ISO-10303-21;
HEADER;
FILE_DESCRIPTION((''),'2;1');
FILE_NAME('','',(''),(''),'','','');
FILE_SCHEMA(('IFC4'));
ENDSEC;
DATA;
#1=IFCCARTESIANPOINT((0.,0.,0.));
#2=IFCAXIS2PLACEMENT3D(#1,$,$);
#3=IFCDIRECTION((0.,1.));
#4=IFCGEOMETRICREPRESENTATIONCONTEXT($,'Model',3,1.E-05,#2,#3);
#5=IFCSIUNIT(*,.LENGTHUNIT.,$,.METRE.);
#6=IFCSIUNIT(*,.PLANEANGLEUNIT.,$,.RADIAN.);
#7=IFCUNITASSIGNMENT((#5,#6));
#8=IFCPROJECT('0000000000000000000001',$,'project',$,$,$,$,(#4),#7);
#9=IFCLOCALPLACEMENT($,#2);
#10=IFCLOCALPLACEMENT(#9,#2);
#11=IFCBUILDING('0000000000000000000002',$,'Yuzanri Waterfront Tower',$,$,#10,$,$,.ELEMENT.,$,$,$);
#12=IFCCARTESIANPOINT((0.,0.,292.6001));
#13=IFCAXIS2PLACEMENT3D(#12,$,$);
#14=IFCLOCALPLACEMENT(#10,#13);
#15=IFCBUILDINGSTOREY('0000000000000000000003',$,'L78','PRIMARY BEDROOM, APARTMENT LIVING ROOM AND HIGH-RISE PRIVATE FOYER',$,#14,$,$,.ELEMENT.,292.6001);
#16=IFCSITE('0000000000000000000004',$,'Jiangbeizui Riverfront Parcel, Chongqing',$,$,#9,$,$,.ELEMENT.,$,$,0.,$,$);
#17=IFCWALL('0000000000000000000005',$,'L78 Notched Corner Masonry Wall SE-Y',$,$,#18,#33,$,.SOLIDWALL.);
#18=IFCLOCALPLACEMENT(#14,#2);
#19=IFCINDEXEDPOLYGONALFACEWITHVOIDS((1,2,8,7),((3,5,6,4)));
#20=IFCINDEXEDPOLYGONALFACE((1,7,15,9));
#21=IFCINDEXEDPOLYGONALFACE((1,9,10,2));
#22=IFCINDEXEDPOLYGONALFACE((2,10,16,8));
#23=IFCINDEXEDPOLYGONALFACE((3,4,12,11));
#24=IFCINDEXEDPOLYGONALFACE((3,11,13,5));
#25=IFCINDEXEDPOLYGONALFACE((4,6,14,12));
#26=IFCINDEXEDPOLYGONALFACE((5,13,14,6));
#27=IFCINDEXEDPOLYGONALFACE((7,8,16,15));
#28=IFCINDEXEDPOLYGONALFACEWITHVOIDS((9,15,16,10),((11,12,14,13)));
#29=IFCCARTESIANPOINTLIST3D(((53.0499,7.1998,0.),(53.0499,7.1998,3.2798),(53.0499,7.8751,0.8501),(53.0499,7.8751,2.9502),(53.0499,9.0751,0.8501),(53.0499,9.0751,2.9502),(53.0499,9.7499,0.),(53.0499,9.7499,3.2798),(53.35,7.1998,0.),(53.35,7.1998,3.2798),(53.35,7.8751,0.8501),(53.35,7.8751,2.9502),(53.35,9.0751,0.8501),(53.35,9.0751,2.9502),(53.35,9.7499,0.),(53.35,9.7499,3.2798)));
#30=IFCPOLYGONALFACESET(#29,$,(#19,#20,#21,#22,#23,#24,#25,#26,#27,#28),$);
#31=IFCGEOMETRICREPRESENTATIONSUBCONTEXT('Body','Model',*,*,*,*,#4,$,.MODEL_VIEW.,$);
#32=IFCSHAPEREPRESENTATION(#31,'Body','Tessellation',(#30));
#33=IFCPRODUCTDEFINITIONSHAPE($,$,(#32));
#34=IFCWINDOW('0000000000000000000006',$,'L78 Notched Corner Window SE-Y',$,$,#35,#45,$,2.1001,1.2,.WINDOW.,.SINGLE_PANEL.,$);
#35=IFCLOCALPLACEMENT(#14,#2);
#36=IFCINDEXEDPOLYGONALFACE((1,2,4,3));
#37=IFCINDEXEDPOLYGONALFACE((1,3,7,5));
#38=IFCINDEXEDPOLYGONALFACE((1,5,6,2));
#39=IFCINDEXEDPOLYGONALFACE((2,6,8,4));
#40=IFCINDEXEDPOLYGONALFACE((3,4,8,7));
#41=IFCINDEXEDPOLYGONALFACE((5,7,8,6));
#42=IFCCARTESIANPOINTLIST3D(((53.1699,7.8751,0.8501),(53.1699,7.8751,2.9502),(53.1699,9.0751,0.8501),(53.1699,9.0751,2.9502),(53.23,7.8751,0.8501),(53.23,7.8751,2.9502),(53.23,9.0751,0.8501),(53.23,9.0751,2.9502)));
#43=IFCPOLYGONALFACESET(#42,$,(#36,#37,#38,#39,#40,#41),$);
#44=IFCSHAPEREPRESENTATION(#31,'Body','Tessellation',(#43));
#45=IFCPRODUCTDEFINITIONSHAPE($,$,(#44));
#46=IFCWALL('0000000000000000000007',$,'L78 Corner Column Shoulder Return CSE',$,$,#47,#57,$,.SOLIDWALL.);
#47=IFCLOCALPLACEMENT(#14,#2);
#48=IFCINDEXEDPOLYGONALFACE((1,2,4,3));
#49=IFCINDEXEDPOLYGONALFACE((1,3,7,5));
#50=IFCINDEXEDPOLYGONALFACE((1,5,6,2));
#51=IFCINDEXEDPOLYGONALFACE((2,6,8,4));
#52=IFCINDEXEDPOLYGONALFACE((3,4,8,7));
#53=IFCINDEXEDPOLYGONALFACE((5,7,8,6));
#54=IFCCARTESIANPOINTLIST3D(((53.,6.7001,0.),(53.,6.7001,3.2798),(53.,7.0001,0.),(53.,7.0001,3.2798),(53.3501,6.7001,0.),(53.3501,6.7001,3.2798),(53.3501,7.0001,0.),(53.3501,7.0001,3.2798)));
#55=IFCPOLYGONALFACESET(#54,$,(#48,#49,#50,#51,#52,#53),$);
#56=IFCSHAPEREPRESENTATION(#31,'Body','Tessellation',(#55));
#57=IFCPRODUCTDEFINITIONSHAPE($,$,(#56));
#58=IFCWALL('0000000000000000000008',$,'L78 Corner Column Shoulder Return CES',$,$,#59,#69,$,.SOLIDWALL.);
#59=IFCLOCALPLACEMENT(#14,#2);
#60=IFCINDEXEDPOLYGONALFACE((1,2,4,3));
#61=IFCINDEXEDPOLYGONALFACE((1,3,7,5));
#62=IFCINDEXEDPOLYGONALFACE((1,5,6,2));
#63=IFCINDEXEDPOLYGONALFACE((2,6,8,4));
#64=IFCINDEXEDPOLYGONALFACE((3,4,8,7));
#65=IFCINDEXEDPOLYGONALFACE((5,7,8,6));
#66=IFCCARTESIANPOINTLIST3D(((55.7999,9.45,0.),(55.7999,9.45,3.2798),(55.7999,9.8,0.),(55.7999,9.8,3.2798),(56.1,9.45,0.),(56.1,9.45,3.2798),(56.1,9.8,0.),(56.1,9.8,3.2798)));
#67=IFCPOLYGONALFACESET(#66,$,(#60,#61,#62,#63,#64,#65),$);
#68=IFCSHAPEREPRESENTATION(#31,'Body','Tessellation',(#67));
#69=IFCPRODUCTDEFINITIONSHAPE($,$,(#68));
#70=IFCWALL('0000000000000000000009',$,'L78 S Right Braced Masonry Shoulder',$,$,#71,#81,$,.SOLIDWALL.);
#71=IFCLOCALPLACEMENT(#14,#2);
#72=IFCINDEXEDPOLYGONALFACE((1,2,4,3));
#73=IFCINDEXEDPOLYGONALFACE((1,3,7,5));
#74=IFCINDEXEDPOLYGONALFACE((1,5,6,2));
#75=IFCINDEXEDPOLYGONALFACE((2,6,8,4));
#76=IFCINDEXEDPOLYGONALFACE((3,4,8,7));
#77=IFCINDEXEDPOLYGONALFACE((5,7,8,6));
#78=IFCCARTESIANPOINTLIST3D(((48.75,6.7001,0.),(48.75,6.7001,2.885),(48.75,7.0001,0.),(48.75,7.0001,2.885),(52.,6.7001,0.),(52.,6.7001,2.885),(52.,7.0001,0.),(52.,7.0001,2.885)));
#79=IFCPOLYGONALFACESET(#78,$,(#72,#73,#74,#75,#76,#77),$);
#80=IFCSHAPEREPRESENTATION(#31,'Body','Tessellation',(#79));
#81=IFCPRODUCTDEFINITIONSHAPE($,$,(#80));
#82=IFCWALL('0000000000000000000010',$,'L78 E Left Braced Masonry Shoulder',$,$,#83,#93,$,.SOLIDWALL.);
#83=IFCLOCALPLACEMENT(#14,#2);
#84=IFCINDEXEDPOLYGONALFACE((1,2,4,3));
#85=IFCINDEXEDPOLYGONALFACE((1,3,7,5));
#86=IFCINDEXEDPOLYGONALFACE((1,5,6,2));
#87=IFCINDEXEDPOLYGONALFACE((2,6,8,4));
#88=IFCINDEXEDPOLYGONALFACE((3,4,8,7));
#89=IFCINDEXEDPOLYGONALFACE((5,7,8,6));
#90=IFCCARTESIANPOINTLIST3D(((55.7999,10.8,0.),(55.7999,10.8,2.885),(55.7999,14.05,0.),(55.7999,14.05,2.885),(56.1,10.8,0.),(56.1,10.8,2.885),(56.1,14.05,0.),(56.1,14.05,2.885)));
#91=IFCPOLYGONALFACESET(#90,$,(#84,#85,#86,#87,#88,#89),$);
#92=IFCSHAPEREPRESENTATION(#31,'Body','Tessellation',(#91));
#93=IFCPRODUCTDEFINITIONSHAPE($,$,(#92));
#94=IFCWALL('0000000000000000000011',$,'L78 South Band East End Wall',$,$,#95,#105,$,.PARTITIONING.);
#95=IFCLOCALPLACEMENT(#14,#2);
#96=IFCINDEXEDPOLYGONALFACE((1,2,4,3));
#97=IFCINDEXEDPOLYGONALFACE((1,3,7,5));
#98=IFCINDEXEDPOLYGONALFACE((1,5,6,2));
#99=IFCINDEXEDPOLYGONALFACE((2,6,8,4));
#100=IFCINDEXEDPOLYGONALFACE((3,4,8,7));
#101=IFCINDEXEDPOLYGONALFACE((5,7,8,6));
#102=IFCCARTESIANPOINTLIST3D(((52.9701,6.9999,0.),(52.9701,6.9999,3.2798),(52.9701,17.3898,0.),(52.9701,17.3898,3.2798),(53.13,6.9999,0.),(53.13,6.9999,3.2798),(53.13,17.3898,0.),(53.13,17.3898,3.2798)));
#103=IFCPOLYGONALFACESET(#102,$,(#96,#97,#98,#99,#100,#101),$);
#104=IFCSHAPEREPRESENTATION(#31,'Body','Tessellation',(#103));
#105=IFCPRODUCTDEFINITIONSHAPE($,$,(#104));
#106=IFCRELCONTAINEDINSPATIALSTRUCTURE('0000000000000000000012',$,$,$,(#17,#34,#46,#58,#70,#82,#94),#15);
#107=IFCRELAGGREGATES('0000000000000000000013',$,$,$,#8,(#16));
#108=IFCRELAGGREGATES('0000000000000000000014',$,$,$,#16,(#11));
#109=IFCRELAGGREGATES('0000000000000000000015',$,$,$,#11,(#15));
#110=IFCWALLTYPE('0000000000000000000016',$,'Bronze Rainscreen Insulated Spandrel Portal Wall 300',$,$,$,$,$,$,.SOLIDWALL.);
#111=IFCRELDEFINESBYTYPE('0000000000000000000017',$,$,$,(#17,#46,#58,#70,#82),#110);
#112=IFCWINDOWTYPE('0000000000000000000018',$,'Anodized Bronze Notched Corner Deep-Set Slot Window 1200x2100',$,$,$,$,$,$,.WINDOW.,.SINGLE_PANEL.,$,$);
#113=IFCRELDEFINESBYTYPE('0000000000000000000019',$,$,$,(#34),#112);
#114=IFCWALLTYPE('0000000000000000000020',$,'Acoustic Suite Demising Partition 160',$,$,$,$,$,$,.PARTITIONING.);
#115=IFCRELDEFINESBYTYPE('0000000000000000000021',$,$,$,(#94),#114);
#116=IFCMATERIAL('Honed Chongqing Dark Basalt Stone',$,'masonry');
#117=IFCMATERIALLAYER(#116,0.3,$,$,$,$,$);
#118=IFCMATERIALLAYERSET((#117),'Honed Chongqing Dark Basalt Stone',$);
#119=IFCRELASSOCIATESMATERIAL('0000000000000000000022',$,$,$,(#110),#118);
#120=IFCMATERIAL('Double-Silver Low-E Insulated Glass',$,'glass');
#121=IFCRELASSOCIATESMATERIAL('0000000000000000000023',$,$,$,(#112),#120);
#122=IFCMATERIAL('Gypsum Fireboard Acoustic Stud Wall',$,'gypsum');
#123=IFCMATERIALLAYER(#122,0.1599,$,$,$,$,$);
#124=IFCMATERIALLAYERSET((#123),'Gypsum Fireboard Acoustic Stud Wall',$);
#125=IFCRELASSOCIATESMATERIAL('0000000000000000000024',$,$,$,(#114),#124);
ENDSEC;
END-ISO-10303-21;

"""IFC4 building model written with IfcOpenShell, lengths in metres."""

from ifc_helpers import new_model, si_unit, direction, frame, frame_2d, origin, place, context, subcontext, project, spatial, rectangle, extrude, source, transform, mapped, material, layer, layer_set, type_object, element, fill, save


model = new_model("IFC4")

# Units and contexts
model_context = context("Model", 3, precision=1e-05, world=origin(), true_north=direction((0.0, 1.0)))
body_context = subcontext(model_context, "Body", "Model", "MODEL_VIEW")
ifc_project = project(units=[si_unit("LENGTHUNIT", "METRE"), si_unit("PLANEANGLEUNIT", "RADIAN")], contexts=[model_context])

# Site, building, storey
site_placement = place(None, origin())
site = spatial("IfcSite", under=ifc_project, at=site_placement, Name="Jiangbeizui Riverfront Parcel, Chongqing", CompositionType="ELEMENT", RefElevation=0.0)
building_placement = place(site_placement, origin())
building = spatial("IfcBuilding", under=site, at=building_placement, Name="Yuzanri Waterfront Tower", CompositionType="ELEMENT")
storey_placement = place(building_placement, frame((0.0, 0.0, 292.6001)))
storey = spatial("IfcBuildingStorey", under=building, at=storey_placement, Name="L78", Description="PRIMARY BEDROOM, APARTMENT LIVING ROOM AND HIGH-RISE PRIVATE FOYER", CompositionType="ELEMENT", Elevation=292.6001)

# Wall, opening, window
ifc_material_1 = material(Name="Honed Chongqing Dark Basalt Stone", Category="masonry")
ifc_layer_1 = layer(ifc_material_1, 0.3)
ifc_layer_set_1 = layer_set([ifc_layer_1], Name="Honed Chongqing Dark Basalt Stone")
wall_type_1 = type_object("IfcWallType", Name="Bronze Rainscreen Insulated Spandrel Portal Wall 300", PredefinedType="SOLIDWALL", material=ifc_layer_set_1)
wall_1_placement = place(storey_placement, frame((53.2, 7.2, 0.0), z_axis=(0.0, 0.0, 1.0), x_axis=(0.0, 1.0, 0.0)))
wall_1 = element("IfcWall", 1, at=wall_1_placement, inside=storey, type_object=wall_type_1, Name="L78 Notched Corner Masonry Wall SE-Y", PredefinedType="SOLIDWALL", context=body_context, shape_type="SweptSolid", body=[
    extrude(rectangle(XDim=2.55, YDim=0.3, at=frame_2d((1.2749, 0.0))), origin(), (0.0, 0.0, 1.0), 3.2798),
])
opening_1_placement = place(wall_1_placement, frame((0.675, 0.0, 0.8501)))
opening_1 = element("IfcOpeningElement", 2, at=opening_1_placement, cuts=wall_1, PredefinedType="OPENING", context=body_context, shape_type="SweptSolid", body=[
    extrude(rectangle(XDim=1.2, YDim=2.1001, at=frame_2d((0.6001, 1.05))), frame((0.0, 0.165, 0.0), z_axis=(0.0, -1.0, 0.0), x_axis=(1.0, 0.0, 0.0)), (0.0, 0.0, 1.0), 0.3298),
])
ifc_material_2 = material(Name="Double-Silver Low-E Insulated Glass", Category="glass")
window_type_1 = type_object("IfcWindowType", Name="Anodized Bronze Notched Corner Deep-Set Slot Window 1200x2100", PartitioningType="SINGLE_PANEL", PredefinedType="WINDOW", material=ifc_material_2)
shared_shape_1 = source(origin(), body_context, "Body", "SweptSolid", [
    extrude(rectangle(XDim=1.2, YDim=2.1001, at=frame_2d((0.6001, 1.05))), frame((0.0, 0.03, 0.0), z_axis=(0.0, -1.0, 0.0), x_axis=(1.0, 0.0, 0.0)), (0.0, 0.0, 1.0), 0.0601),
])
window_1_placement = place(opening_1_placement, origin())
window_1 = element("IfcWindow", 3, at=window_1_placement, inside=storey, type_object=window_type_1, Name="L78 Notched Corner Window SE-Y", OverallHeight=2.1001, OverallWidth=1.2, PartitioningType="SINGLE_PANEL", PredefinedType="WINDOW", context=body_context, shape_type="MappedRepresentation", body=[
    mapped(shared_shape_1, transform((0.0, 0.0, 0.0), scale=1.0)),
])
fill(opening_1, window_1)

# Walls
shared_shape_2 = source(origin(), body_context, "Body", "SweptSolid", [
    extrude(rectangle(XDim=0.3501, YDim=0.3, at=frame_2d((0.175, 0.0))), origin(), (0.0, 0.0, 1.0), 3.2798),
])
for number, where, z_axis, x_axis, name in (
    (4, (53.0, 6.8501, 0.0), (0.0, 0.0, 1.0), (1.0, 0.0, 0.0), "L78 Corner Column Shoulder Return CSE"),
    (5, (55.95, 9.45, 0.0), (0.0, 0.0, 1.0), (0.0, 1.0, 0.0), "L78 Corner Column Shoulder Return CES"),
):
    element("IfcWall", number, at=place(storey_placement, frame(where, z_axis=z_axis, x_axis=x_axis)), inside=storey, type_object=wall_type_1, Name=name, PredefinedType="SOLIDWALL", context=body_context, shape_type="MappedRepresentation", body=[
        mapped(shared_shape_2, transform((0.0, 0.0, 0.0), scale=1.0)),
    ])
shared_shape_3 = source(origin(), body_context, "Body", "SweptSolid", [
    extrude(rectangle(XDim=3.25, YDim=0.3, at=frame_2d((1.625, 0.0))), origin(), (0.0, 0.0, 1.0), 2.885),
])
for number, where, z_axis, x_axis, name in (
    (6, (48.75, 6.8501, 0.0), (0.0, 0.0, 1.0), (1.0, 0.0, 0.0), "L78 S Right Braced Masonry Shoulder"),
    (7, (55.95, 10.8, 0.0), (0.0, 0.0, 1.0), (0.0, 1.0, 0.0), "L78 E Left Braced Masonry Shoulder"),
):
    element("IfcWall", number, at=place(storey_placement, frame(where, z_axis=z_axis, x_axis=x_axis)), inside=storey, type_object=wall_type_1, Name=name, PredefinedType="SOLIDWALL", context=body_context, shape_type="MappedRepresentation", body=[
        mapped(shared_shape_3, transform((0.0, 0.0, 0.0), scale=1.0)),
    ])
ifc_material_3 = material(Name="Gypsum Fireboard Acoustic Stud Wall", Category="gypsum")
ifc_layer_2 = layer(ifc_material_3, 0.1599)
ifc_layer_set_2 = layer_set([ifc_layer_2], Name="Gypsum Fireboard Acoustic Stud Wall")
wall_type_2 = type_object("IfcWallType", Name="Acoustic Suite Demising Partition 160", PredefinedType="PARTITIONING", material=ifc_layer_set_2)
shared_shape_4 = source(origin(), body_context, "Body", "SweptSolid", [
    extrude(rectangle(XDim=10.3899, YDim=0.1599, at=frame_2d((5.1948, 0.0))), origin(), (0.0, 0.0, 1.0), 3.2798),
])
wall_2_placement = place(storey_placement, frame((53.05, 7.0, 0.0), z_axis=(0.0, 0.0, 1.0), x_axis=(0.0, 1.0, 0.0)))
element("IfcWall", 8, at=wall_2_placement, inside=storey, type_object=wall_type_2, Name="L78 South Band East End Wall", PredefinedType="PARTITIONING", context=body_context, shape_type="MappedRepresentation", body=[
    mapped(shared_shape_4, transform((0.0, 0.0, 0.0), scale=1.0)),
])

save(model, "model.ifc")
